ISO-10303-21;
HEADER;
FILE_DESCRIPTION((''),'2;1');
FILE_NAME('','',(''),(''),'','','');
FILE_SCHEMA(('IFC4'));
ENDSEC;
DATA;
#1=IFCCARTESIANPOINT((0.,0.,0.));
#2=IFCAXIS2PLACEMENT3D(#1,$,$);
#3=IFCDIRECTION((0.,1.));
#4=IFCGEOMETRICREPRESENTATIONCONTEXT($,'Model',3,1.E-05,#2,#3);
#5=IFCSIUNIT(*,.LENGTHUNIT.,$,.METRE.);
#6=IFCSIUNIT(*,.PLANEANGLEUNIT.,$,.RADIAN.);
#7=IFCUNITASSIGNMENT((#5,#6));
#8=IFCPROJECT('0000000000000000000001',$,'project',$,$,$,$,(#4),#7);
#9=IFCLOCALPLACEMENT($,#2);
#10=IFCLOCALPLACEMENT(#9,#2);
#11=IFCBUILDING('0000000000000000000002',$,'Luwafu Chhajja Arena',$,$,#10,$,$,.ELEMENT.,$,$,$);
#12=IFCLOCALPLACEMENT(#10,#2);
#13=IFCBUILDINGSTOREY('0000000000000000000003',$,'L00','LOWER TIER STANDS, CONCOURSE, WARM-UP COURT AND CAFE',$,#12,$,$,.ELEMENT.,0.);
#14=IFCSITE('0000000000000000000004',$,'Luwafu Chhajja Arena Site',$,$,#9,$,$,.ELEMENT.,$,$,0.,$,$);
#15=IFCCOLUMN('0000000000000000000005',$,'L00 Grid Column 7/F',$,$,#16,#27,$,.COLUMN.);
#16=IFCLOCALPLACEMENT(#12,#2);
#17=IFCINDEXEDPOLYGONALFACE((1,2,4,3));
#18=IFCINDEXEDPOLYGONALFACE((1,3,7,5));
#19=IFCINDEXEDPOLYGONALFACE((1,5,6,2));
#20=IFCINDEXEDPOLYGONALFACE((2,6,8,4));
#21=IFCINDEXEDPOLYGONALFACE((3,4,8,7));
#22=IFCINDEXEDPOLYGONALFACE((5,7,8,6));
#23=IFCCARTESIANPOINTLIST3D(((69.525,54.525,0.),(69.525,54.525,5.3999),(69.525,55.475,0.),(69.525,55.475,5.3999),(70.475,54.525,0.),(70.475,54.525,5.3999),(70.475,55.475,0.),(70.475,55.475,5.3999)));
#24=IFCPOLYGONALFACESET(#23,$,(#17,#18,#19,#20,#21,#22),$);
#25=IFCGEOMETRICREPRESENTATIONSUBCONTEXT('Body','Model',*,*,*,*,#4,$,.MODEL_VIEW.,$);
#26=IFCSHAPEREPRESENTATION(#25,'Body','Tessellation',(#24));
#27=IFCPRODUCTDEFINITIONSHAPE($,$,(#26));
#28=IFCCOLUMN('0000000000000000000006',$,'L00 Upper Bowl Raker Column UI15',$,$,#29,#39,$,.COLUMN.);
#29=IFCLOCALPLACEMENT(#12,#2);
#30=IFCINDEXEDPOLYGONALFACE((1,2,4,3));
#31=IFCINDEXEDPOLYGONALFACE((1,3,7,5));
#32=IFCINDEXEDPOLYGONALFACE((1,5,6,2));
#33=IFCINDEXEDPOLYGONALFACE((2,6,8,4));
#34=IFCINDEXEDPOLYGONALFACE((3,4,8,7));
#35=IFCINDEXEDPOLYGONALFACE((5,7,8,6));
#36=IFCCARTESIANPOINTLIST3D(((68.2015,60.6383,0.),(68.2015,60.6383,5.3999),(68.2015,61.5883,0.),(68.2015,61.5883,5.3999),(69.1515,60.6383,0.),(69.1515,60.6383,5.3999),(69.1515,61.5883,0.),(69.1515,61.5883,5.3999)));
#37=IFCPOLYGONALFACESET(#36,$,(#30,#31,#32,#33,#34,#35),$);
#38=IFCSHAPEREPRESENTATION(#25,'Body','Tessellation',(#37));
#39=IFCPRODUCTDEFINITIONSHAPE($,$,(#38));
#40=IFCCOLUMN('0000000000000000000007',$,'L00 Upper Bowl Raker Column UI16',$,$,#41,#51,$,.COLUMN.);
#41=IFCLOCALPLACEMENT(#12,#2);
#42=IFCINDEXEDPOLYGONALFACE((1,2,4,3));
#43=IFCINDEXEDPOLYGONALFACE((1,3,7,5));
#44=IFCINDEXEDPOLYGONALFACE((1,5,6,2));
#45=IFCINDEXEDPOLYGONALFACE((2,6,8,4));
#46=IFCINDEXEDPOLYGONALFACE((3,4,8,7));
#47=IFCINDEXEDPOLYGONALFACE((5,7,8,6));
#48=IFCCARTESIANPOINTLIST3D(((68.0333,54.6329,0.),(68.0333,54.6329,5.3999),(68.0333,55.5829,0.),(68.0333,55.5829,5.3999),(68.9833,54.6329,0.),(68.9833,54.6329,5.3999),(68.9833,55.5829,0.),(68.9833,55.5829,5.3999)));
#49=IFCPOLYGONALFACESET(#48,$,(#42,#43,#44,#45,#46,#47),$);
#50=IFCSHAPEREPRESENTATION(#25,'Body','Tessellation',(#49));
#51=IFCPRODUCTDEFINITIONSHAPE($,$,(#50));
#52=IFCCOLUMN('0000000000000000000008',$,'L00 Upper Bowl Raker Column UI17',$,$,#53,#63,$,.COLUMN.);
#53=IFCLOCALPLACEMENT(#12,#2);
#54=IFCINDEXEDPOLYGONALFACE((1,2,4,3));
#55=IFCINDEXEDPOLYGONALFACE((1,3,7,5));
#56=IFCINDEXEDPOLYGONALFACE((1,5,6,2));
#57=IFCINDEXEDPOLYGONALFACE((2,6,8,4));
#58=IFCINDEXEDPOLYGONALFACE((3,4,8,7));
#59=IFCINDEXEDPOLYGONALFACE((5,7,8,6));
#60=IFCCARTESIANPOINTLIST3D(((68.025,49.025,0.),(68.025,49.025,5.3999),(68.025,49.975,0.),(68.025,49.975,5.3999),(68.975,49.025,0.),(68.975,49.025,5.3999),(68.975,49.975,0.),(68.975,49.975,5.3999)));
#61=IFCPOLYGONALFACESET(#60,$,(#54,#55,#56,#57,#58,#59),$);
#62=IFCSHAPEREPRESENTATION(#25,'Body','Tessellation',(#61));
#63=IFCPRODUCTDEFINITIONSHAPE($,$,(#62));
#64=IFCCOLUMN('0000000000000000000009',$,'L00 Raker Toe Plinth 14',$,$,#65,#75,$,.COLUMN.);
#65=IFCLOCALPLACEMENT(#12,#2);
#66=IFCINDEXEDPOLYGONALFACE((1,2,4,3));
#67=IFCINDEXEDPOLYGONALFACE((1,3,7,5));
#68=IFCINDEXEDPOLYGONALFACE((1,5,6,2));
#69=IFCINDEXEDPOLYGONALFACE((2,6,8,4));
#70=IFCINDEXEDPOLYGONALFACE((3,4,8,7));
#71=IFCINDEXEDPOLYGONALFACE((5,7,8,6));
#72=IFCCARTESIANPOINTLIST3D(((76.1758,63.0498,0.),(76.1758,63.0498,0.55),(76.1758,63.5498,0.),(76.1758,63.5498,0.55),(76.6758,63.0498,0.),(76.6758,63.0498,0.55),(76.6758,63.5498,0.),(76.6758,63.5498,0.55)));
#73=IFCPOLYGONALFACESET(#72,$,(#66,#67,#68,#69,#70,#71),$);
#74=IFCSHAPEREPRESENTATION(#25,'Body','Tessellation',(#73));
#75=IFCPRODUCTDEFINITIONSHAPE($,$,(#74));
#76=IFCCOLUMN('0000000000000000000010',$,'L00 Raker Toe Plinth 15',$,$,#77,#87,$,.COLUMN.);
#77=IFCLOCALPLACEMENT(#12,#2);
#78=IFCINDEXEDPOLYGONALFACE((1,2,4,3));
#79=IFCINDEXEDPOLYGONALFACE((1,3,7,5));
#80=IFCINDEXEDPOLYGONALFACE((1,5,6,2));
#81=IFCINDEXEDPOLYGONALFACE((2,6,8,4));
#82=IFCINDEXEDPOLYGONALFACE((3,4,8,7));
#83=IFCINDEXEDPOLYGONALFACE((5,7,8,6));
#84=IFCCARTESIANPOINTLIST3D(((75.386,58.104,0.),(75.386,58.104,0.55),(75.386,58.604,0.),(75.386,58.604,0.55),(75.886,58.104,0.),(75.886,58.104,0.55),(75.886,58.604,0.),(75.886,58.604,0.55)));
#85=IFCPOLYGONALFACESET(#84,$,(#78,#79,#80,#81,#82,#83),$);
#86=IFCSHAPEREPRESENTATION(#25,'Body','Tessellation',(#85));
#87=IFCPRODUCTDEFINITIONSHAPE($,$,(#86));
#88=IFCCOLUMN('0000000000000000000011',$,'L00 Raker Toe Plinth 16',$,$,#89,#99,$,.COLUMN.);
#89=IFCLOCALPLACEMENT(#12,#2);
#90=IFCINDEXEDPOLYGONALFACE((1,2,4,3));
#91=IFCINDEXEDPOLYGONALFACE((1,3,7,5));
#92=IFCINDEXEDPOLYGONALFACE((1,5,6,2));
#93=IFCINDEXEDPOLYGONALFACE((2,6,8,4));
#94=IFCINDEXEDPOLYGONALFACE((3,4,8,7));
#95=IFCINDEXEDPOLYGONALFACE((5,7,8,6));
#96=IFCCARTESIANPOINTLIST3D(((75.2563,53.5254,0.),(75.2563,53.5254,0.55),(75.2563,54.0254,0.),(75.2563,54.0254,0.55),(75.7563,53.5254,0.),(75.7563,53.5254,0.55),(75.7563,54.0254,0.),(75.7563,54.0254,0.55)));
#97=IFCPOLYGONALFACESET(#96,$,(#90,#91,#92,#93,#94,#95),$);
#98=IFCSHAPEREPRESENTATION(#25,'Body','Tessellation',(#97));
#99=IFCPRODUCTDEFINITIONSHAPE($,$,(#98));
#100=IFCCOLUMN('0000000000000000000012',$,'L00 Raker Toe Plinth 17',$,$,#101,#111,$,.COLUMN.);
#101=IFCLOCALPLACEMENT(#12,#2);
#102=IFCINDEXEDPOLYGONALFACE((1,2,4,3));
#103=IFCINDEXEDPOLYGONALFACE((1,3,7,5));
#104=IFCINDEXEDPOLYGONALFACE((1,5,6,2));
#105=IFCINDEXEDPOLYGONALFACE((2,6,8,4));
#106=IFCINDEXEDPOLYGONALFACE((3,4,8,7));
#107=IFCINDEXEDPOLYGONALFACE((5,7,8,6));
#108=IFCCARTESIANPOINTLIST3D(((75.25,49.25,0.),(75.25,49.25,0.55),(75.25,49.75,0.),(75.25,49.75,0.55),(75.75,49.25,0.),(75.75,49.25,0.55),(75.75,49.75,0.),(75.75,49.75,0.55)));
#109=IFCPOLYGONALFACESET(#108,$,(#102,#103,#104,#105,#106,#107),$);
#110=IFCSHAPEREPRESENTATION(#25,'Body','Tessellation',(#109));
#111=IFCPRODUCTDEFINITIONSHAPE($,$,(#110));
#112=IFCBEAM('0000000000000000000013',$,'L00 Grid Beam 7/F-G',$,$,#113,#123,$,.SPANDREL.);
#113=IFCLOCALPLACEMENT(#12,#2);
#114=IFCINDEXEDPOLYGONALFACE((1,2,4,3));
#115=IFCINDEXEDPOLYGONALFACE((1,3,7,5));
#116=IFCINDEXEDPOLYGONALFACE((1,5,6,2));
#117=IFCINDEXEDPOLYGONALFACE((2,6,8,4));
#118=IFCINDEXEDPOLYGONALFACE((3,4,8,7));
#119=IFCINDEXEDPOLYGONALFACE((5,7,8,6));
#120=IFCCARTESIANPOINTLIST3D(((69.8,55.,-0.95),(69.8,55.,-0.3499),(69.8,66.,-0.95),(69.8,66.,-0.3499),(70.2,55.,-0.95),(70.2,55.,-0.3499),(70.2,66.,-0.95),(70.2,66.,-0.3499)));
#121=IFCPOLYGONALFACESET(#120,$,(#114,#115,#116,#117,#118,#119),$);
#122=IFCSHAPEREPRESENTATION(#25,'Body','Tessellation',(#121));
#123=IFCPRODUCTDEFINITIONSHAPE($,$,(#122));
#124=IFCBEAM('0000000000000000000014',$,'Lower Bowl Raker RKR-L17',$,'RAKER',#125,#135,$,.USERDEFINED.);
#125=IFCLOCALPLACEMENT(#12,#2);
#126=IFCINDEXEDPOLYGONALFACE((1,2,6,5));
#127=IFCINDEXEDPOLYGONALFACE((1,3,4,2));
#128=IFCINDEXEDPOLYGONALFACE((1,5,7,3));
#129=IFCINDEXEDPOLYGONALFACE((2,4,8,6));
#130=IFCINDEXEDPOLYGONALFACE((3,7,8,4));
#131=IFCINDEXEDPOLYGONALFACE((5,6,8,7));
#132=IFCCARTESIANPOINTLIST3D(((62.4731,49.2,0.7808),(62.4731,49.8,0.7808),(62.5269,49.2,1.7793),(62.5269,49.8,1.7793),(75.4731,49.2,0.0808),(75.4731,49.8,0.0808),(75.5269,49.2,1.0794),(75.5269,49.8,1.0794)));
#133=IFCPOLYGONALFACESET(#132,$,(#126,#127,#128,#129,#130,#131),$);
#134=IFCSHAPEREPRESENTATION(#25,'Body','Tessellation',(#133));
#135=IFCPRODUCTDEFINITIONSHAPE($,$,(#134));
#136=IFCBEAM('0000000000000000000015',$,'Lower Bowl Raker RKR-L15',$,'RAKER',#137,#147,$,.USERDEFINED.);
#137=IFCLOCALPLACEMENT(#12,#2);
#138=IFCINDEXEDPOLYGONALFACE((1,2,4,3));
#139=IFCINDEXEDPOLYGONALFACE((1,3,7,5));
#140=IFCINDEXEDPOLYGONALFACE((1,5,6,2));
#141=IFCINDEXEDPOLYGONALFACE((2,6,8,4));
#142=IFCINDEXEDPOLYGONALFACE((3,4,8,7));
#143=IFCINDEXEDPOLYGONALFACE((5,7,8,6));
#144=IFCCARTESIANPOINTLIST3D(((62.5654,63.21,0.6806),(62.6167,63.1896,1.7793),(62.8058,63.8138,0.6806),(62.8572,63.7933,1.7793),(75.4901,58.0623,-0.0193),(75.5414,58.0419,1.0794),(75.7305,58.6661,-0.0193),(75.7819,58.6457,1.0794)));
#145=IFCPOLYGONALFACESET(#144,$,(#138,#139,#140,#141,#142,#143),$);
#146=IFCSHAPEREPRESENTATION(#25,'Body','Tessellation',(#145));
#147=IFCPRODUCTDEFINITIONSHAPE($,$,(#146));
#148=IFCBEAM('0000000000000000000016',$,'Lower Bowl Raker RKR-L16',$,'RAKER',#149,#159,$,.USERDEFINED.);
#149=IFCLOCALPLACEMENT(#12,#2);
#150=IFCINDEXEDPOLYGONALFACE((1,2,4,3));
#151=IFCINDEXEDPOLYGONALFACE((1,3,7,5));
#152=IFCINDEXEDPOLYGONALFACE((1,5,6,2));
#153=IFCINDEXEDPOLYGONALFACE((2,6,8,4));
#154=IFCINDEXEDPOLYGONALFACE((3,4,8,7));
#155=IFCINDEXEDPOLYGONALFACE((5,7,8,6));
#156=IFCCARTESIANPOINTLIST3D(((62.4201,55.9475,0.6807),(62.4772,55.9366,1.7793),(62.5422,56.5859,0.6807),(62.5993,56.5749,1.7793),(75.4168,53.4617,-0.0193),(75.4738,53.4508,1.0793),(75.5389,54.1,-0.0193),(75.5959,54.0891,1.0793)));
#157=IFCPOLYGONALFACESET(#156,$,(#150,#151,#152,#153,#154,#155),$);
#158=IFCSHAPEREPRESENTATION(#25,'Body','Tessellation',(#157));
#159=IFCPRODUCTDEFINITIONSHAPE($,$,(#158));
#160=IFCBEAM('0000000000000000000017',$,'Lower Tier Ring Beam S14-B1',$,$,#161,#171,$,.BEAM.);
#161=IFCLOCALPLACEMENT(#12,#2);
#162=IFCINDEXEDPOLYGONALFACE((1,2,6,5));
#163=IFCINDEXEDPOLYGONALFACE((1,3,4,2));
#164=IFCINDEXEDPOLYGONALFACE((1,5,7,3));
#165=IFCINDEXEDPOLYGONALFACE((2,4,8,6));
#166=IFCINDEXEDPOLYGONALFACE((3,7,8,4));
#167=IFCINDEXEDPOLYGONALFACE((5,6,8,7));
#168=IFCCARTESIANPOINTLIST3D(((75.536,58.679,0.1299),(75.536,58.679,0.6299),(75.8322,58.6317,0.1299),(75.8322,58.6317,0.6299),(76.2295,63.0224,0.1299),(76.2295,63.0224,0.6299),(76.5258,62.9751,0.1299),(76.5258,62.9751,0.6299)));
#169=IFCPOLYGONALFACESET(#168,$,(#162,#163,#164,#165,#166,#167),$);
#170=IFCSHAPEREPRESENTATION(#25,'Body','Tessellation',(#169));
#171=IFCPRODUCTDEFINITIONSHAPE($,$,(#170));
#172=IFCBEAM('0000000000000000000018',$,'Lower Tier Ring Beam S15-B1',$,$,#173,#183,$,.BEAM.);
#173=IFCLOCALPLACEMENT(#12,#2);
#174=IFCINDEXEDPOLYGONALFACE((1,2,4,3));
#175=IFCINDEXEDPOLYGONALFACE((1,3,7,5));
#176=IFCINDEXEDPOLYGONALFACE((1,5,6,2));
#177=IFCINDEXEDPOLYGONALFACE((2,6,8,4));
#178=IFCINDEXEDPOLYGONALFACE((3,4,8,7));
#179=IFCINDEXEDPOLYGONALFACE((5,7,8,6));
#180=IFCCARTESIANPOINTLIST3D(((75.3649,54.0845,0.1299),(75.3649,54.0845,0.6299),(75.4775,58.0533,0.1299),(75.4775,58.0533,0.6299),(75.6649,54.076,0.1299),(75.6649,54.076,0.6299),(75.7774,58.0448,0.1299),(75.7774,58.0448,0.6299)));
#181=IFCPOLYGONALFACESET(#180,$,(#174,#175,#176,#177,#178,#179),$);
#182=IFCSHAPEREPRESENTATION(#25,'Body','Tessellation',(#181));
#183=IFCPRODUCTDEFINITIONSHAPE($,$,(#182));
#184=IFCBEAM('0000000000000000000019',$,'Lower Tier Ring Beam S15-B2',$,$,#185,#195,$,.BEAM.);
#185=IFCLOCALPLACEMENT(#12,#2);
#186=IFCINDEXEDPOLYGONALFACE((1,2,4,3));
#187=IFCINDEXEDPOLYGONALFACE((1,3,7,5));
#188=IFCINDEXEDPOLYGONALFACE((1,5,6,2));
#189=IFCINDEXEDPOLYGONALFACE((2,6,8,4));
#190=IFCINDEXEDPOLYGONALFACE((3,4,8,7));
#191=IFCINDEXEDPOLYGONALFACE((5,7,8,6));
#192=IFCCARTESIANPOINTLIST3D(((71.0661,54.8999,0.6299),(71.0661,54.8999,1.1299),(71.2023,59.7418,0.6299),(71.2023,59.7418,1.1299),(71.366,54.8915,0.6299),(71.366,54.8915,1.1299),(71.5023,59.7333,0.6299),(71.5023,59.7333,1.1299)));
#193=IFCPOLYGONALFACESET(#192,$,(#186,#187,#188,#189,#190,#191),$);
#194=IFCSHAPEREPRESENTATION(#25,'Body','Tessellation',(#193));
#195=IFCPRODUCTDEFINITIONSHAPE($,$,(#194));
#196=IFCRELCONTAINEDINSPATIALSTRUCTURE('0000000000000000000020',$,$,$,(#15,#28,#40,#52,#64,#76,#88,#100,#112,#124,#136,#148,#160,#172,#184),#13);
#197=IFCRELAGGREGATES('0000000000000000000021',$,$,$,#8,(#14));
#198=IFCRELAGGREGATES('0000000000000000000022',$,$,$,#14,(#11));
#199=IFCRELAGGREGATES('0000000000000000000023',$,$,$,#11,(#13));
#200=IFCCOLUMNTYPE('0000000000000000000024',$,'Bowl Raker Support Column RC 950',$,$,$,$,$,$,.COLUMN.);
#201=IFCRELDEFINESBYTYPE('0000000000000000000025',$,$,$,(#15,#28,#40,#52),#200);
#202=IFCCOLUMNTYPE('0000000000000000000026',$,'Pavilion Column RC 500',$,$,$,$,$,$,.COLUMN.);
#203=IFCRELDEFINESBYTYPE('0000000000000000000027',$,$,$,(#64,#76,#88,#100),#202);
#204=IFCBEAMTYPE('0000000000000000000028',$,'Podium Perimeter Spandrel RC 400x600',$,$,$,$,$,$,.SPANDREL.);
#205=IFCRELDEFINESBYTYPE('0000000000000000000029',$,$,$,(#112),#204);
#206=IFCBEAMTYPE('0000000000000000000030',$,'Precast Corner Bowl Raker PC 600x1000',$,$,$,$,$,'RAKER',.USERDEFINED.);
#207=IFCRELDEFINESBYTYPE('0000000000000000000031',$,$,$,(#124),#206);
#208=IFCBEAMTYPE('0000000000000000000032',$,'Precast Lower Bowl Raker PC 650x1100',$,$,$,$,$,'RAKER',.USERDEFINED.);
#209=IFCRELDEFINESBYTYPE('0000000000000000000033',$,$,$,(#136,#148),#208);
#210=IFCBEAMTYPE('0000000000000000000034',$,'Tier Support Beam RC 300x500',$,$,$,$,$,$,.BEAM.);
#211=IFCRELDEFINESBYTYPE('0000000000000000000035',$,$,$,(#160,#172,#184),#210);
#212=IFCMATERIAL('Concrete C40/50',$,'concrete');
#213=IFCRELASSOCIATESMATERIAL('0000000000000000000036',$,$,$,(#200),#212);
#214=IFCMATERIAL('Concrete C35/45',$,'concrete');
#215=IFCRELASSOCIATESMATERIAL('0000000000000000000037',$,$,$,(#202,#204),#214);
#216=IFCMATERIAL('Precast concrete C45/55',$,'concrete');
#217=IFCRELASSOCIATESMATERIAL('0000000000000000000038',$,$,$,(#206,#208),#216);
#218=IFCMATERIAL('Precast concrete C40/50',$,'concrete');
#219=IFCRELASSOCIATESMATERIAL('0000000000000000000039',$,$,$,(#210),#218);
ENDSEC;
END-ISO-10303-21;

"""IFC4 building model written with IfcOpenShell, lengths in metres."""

from ifc_helpers import new_model, si_unit, direction, frame, origin, origin_2d, place, context, subcontext, project, spatial, rectangle, extrude, material, material_profile, profile_set, type_object, element, save


model = new_model("IFC4")

# Units and contexts
model_context = context("Model", 3, precision=1e-05, world=origin(), true_north=direction((0.0, 1.0)))
body_context = subcontext(model_context, "Body", "Model", "MODEL_VIEW")
ifc_project = project(units=[si_unit("LENGTHUNIT", "METRE"), si_unit("PLANEANGLEUNIT", "RADIAN")], contexts=[model_context])

# Site, building, storey
site_placement = place(None, origin())
site = spatial("IfcSite", under=ifc_project, at=site_placement, Name="Luwafu Chhajja Arena Site", CompositionType="ELEMENT", RefElevation=0.0)
building_placement = place(site_placement, origin())
building = spatial("IfcBuilding", under=site, at=building_placement, Name="Luwafu Chhajja Arena", CompositionType="ELEMENT")
storey_placement = place(building_placement, origin())
storey = spatial("IfcBuildingStorey", under=building, at=storey_placement, Name="L00", Description="LOWER TIER STANDS, CONCOURSE, WARM-UP COURT AND CAFE", CompositionType="ELEMENT", Elevation=0.0)

# Columns
ifc_material_1 = material(Name="Concrete C40/50", Category="concrete")
ifc_material_profile_1 = material_profile(ifc_material_1, rectangle(XDim=0.95, YDim=0.95, at=origin_2d()), Name="RC 950x950")
ifc_profile_set_1 = profile_set([ifc_material_profile_1], Name="Concrete C40/50")
column_type_1 = type_object("IfcColumnType", Name="Bowl Raker Support Column RC 950", PredefinedType="COLUMN", material=ifc_profile_set_1)
for number, where, z_axis, x_axis, name in (
    (1, (70.0, 55.0, 0.0), (0.0, 0.0, 1.0), (1.0, 0.0, 0.0), "L00 Grid Column 7/F"),
    (2, (68.6765, 61.1133, 0.0), (0.0, 0.0, 1.0), (1.0, 0.0, 0.0), "L00 Upper Bowl Raker Column UI15"),
    (3, (68.5083, 55.1079, 0.0), (0.0, 0.0, 1.0), (1.0, 0.0, 0.0), "L00 Upper Bowl Raker Column UI16"),
    (4, (68.5, 49.5, 0.0), (0.0, 0.0, 1.0), (1.0, 0.0, 0.0), "L00 Upper Bowl Raker Column UI17"),
):
    element("IfcColumn", number, at=place(storey_placement, frame(where, z_axis=z_axis, x_axis=x_axis)), inside=storey, type_object=column_type_1, Name=name, PredefinedType="COLUMN", context=body_context, shape_type="SweptSolid", body=[
        extrude(rectangle(XDim=0.95, YDim=0.95, at=origin_2d()), origin(), (0.0, 0.0, 1.0), 5.3999),
    ])
ifc_material_2 = material(Name="Concrete C35/45", Category="concrete")
ifc_material_profile_2 = material_profile(ifc_material_2, rectangle(XDim=0.5, YDim=0.5, at=origin_2d()), Name="RC 500x500")
ifc_profile_set_2 = profile_set([ifc_material_profile_2], Name="Concrete C35/45")
column_type_2 = type_object("IfcColumnType", Name="Pavilion Column RC 500", PredefinedType="COLUMN", material=ifc_profile_set_2)
for number, where, z_axis, x_axis, name in (
    (5, (76.4258, 63.2998, 0.0), (0.0, 0.0, 1.0), (1.0, 0.0, 0.0), "L00 Raker Toe Plinth 14"),
    (6, (75.636, 58.354, 0.0), (0.0, 0.0, 1.0), (1.0, 0.0, 0.0), "L00 Raker Toe Plinth 15"),
    (7, (75.5063, 53.7754, 0.0), (0.0, 0.0, 1.0), (1.0, 0.0, 0.0), "L00 Raker Toe Plinth 16"),
    (8, (75.5, 49.5, 0.0), (0.0, 0.0, 1.0), (1.0, 0.0, 0.0), "L00 Raker Toe Plinth 17"),
):
    element("IfcColumn", number, at=place(storey_placement, frame(where, z_axis=z_axis, x_axis=x_axis)), inside=storey, type_object=column_type_2, Name=name, PredefinedType="COLUMN", context=body_context, shape_type="SweptSolid", body=[
        extrude(rectangle(XDim=0.5, YDim=0.5, at=origin_2d()), origin(), (0.0, 0.0, 1.0), 0.55),
    ])

# Beams
ifc_material_profile_3 = material_profile(ifc_material_2, rectangle(XDim=0.3999, YDim=0.6001, at=origin_2d()), Name="RC 400x600")
ifc_profile_set_3 = profile_set([ifc_material_profile_3], Name="Concrete C35/45")
beam_type_1 = type_object("IfcBeamType", Name="Podium Perimeter Spandrel RC 400x600", PredefinedType="SPANDREL", material=ifc_profile_set_3)
beam_1_placement = place(storey_placement, frame((70.0, 55.0, -0.6499), z_axis=(0.0, 1.0, 0.0), x_axis=(-1.0, 0.0, 0.0)))
element("IfcBeam", 9, at=beam_1_placement, inside=storey, type_object=beam_type_1, Name="L00 Grid Beam 7/F-G", PredefinedType="SPANDREL", context=body_context, shape_type="SweptSolid", body=[
    extrude(rectangle(XDim=0.3999, YDim=0.6001, at=origin_2d()), origin(), (0.0, 0.0, 1.0), 11.0),
])
ifc_material_3 = material(Name="Precast concrete C45/55", Category="concrete")
ifc_material_profile_4 = material_profile(ifc_material_3, rectangle(XDim=0.6001, YDim=1.0, at=origin_2d()), Name="PC 600x1000")
ifc_profile_set_4 = profile_set([ifc_material_profile_4], Name="Precast concrete C45/55")
beam_type_2 = type_object("IfcBeamType", Name="Precast Corner Bowl Raker PC 600x1000", ElementType="RAKER", PredefinedType="USERDEFINED", material=ifc_profile_set_4)
beam_2_placement = place(storey_placement, frame((75.5, 49.5, 0.5801), z_axis=(-0.998554, 0.0, 0.053765), x_axis=(0.0, -1.0, 0.0)))
element("IfcBeam", 10, at=beam_2_placement, inside=storey, type_object=beam_type_2, Name="Lower Bowl Raker RKR-L17", ObjectType="RAKER", PredefinedType="USERDEFINED", context=body_context, shape_type="SweptSolid", body=[
    extrude(rectangle(XDim=0.6001, YDim=1.0, at=origin_2d()), origin(), (0.0, 0.0, 1.0), 13.0188),
])
ifc_material_profile_5 = material_profile(ifc_material_3, rectangle(XDim=0.6499, YDim=1.1001, at=origin_2d()), Name="PC 650x1100")
ifc_profile_set_5 = profile_set([ifc_material_profile_5], Name="Precast concrete C45/55")
beam_type_3 = type_object("IfcBeamType", Name="Precast Lower Bowl Raker PC 650x1100", ElementType="RAKER", PredefinedType="USERDEFINED", material=ifc_profile_set_5)
beam_3_placement = place(storey_placement, frame((75.636, 58.354, 0.53), z_axis=(-0.927853, 0.369546, 0.050248), x_axis=(-0.370014, -0.929026, 0.0)))
element("IfcBeam", 11, at=beam_3_placement, inside=storey, type_object=beam_type_3, Name="Lower Bowl Raker RKR-L15", ObjectType="RAKER", PredefinedType="USERDEFINED", context=body_context, shape_type="SweptSolid", body=[
    extrude(rectangle(XDim=0.6499, YDim=1.1001, at=origin_2d()), origin(), (0.0, 0.0, 1.0), 13.9297),
])
beam_4_placement = place(storey_placement, frame((75.5063, 53.7754, 0.53), z_axis=(-0.980824, 0.187601, 0.052824), x_axis=(-0.187863, -0.982195, 0.0)))
element("IfcBeam", 12, at=beam_4_placement, inside=storey, type_object=beam_type_3, Name="Lower Bowl Raker RKR-L16", ObjectType="RAKER", PredefinedType="USERDEFINED", context=body_context, shape_type="SweptSolid", body=[
    extrude(rectangle(XDim=0.6499, YDim=1.1001, at=origin_2d()), origin(), (0.0, 0.0, 1.0), 13.2507),
])
ifc_material_4 = material(Name="Precast concrete C40/50", Category="concrete")
ifc_material_profile_6 = material_profile(ifc_material_4, rectangle(XDim=0.3, YDim=0.5, at=origin_2d()), Name="RC 300x500")
ifc_profile_set_6 = profile_set([ifc_material_profile_6], Name="Precast concrete C40/50")
beam_type_4 = type_object("IfcBeamType", Name="Tier Support Beam RC 300x500", PredefinedType="BEAM", material=ifc_profile_set_6)
beam_5_placement = place(storey_placement, frame((76.3777, 62.9988, 0.3799), z_axis=(-0.15769, -0.987489, 0.0), x_axis=(0.987489, -0.15769, 0.0)))
element("IfcBeam", 13, at=beam_5_placement, inside=storey, type_object=beam_type_4, Name="Lower Tier Ring Beam S14-B1", PredefinedType="BEAM", context=body_context, shape_type="SweptSolid", body=[
    extrude(rectangle(XDim=0.3, YDim=0.5, at=origin_2d()), origin(), (0.0, 0.0, 1.0), 4.3984),
])
beam_6_placement = place(storey_placement, frame((75.6274, 58.0491, 0.3799), z_axis=(-0.028347, -0.999598, 0.0), x_axis=(0.999598, -0.028347, 0.0)))
element("IfcBeam", 14, at=beam_6_placement, inside=storey, type_object=beam_type_4, Name="Lower Tier Ring Beam S15-B1", PredefinedType="BEAM", context=body_context, shape_type="SweptSolid", body=[
    extrude(rectangle(XDim=0.3, YDim=0.5, at=origin_2d()), origin(), (0.0, 0.0, 1.0), 3.9705),
])
beam_7_placement = place(storey_placement, frame((71.3523, 59.7375, 0.8799), z_axis=(-0.028125, -0.999604, 0.0), x_axis=(0.999604, -0.028125, 0.0)))
element("IfcBeam", 15, at=beam_7_placement, inside=storey, type_object=beam_type_4, Name="Lower Tier Ring Beam S15-B2", PredefinedType="BEAM", context=body_context, shape_type="SweptSolid", body=[
    extrude(rectangle(XDim=0.3, YDim=0.5, at=origin_2d()), origin(), (0.0, 0.0, 1.0), 4.8438),
])

save(model, "model.ifc")
